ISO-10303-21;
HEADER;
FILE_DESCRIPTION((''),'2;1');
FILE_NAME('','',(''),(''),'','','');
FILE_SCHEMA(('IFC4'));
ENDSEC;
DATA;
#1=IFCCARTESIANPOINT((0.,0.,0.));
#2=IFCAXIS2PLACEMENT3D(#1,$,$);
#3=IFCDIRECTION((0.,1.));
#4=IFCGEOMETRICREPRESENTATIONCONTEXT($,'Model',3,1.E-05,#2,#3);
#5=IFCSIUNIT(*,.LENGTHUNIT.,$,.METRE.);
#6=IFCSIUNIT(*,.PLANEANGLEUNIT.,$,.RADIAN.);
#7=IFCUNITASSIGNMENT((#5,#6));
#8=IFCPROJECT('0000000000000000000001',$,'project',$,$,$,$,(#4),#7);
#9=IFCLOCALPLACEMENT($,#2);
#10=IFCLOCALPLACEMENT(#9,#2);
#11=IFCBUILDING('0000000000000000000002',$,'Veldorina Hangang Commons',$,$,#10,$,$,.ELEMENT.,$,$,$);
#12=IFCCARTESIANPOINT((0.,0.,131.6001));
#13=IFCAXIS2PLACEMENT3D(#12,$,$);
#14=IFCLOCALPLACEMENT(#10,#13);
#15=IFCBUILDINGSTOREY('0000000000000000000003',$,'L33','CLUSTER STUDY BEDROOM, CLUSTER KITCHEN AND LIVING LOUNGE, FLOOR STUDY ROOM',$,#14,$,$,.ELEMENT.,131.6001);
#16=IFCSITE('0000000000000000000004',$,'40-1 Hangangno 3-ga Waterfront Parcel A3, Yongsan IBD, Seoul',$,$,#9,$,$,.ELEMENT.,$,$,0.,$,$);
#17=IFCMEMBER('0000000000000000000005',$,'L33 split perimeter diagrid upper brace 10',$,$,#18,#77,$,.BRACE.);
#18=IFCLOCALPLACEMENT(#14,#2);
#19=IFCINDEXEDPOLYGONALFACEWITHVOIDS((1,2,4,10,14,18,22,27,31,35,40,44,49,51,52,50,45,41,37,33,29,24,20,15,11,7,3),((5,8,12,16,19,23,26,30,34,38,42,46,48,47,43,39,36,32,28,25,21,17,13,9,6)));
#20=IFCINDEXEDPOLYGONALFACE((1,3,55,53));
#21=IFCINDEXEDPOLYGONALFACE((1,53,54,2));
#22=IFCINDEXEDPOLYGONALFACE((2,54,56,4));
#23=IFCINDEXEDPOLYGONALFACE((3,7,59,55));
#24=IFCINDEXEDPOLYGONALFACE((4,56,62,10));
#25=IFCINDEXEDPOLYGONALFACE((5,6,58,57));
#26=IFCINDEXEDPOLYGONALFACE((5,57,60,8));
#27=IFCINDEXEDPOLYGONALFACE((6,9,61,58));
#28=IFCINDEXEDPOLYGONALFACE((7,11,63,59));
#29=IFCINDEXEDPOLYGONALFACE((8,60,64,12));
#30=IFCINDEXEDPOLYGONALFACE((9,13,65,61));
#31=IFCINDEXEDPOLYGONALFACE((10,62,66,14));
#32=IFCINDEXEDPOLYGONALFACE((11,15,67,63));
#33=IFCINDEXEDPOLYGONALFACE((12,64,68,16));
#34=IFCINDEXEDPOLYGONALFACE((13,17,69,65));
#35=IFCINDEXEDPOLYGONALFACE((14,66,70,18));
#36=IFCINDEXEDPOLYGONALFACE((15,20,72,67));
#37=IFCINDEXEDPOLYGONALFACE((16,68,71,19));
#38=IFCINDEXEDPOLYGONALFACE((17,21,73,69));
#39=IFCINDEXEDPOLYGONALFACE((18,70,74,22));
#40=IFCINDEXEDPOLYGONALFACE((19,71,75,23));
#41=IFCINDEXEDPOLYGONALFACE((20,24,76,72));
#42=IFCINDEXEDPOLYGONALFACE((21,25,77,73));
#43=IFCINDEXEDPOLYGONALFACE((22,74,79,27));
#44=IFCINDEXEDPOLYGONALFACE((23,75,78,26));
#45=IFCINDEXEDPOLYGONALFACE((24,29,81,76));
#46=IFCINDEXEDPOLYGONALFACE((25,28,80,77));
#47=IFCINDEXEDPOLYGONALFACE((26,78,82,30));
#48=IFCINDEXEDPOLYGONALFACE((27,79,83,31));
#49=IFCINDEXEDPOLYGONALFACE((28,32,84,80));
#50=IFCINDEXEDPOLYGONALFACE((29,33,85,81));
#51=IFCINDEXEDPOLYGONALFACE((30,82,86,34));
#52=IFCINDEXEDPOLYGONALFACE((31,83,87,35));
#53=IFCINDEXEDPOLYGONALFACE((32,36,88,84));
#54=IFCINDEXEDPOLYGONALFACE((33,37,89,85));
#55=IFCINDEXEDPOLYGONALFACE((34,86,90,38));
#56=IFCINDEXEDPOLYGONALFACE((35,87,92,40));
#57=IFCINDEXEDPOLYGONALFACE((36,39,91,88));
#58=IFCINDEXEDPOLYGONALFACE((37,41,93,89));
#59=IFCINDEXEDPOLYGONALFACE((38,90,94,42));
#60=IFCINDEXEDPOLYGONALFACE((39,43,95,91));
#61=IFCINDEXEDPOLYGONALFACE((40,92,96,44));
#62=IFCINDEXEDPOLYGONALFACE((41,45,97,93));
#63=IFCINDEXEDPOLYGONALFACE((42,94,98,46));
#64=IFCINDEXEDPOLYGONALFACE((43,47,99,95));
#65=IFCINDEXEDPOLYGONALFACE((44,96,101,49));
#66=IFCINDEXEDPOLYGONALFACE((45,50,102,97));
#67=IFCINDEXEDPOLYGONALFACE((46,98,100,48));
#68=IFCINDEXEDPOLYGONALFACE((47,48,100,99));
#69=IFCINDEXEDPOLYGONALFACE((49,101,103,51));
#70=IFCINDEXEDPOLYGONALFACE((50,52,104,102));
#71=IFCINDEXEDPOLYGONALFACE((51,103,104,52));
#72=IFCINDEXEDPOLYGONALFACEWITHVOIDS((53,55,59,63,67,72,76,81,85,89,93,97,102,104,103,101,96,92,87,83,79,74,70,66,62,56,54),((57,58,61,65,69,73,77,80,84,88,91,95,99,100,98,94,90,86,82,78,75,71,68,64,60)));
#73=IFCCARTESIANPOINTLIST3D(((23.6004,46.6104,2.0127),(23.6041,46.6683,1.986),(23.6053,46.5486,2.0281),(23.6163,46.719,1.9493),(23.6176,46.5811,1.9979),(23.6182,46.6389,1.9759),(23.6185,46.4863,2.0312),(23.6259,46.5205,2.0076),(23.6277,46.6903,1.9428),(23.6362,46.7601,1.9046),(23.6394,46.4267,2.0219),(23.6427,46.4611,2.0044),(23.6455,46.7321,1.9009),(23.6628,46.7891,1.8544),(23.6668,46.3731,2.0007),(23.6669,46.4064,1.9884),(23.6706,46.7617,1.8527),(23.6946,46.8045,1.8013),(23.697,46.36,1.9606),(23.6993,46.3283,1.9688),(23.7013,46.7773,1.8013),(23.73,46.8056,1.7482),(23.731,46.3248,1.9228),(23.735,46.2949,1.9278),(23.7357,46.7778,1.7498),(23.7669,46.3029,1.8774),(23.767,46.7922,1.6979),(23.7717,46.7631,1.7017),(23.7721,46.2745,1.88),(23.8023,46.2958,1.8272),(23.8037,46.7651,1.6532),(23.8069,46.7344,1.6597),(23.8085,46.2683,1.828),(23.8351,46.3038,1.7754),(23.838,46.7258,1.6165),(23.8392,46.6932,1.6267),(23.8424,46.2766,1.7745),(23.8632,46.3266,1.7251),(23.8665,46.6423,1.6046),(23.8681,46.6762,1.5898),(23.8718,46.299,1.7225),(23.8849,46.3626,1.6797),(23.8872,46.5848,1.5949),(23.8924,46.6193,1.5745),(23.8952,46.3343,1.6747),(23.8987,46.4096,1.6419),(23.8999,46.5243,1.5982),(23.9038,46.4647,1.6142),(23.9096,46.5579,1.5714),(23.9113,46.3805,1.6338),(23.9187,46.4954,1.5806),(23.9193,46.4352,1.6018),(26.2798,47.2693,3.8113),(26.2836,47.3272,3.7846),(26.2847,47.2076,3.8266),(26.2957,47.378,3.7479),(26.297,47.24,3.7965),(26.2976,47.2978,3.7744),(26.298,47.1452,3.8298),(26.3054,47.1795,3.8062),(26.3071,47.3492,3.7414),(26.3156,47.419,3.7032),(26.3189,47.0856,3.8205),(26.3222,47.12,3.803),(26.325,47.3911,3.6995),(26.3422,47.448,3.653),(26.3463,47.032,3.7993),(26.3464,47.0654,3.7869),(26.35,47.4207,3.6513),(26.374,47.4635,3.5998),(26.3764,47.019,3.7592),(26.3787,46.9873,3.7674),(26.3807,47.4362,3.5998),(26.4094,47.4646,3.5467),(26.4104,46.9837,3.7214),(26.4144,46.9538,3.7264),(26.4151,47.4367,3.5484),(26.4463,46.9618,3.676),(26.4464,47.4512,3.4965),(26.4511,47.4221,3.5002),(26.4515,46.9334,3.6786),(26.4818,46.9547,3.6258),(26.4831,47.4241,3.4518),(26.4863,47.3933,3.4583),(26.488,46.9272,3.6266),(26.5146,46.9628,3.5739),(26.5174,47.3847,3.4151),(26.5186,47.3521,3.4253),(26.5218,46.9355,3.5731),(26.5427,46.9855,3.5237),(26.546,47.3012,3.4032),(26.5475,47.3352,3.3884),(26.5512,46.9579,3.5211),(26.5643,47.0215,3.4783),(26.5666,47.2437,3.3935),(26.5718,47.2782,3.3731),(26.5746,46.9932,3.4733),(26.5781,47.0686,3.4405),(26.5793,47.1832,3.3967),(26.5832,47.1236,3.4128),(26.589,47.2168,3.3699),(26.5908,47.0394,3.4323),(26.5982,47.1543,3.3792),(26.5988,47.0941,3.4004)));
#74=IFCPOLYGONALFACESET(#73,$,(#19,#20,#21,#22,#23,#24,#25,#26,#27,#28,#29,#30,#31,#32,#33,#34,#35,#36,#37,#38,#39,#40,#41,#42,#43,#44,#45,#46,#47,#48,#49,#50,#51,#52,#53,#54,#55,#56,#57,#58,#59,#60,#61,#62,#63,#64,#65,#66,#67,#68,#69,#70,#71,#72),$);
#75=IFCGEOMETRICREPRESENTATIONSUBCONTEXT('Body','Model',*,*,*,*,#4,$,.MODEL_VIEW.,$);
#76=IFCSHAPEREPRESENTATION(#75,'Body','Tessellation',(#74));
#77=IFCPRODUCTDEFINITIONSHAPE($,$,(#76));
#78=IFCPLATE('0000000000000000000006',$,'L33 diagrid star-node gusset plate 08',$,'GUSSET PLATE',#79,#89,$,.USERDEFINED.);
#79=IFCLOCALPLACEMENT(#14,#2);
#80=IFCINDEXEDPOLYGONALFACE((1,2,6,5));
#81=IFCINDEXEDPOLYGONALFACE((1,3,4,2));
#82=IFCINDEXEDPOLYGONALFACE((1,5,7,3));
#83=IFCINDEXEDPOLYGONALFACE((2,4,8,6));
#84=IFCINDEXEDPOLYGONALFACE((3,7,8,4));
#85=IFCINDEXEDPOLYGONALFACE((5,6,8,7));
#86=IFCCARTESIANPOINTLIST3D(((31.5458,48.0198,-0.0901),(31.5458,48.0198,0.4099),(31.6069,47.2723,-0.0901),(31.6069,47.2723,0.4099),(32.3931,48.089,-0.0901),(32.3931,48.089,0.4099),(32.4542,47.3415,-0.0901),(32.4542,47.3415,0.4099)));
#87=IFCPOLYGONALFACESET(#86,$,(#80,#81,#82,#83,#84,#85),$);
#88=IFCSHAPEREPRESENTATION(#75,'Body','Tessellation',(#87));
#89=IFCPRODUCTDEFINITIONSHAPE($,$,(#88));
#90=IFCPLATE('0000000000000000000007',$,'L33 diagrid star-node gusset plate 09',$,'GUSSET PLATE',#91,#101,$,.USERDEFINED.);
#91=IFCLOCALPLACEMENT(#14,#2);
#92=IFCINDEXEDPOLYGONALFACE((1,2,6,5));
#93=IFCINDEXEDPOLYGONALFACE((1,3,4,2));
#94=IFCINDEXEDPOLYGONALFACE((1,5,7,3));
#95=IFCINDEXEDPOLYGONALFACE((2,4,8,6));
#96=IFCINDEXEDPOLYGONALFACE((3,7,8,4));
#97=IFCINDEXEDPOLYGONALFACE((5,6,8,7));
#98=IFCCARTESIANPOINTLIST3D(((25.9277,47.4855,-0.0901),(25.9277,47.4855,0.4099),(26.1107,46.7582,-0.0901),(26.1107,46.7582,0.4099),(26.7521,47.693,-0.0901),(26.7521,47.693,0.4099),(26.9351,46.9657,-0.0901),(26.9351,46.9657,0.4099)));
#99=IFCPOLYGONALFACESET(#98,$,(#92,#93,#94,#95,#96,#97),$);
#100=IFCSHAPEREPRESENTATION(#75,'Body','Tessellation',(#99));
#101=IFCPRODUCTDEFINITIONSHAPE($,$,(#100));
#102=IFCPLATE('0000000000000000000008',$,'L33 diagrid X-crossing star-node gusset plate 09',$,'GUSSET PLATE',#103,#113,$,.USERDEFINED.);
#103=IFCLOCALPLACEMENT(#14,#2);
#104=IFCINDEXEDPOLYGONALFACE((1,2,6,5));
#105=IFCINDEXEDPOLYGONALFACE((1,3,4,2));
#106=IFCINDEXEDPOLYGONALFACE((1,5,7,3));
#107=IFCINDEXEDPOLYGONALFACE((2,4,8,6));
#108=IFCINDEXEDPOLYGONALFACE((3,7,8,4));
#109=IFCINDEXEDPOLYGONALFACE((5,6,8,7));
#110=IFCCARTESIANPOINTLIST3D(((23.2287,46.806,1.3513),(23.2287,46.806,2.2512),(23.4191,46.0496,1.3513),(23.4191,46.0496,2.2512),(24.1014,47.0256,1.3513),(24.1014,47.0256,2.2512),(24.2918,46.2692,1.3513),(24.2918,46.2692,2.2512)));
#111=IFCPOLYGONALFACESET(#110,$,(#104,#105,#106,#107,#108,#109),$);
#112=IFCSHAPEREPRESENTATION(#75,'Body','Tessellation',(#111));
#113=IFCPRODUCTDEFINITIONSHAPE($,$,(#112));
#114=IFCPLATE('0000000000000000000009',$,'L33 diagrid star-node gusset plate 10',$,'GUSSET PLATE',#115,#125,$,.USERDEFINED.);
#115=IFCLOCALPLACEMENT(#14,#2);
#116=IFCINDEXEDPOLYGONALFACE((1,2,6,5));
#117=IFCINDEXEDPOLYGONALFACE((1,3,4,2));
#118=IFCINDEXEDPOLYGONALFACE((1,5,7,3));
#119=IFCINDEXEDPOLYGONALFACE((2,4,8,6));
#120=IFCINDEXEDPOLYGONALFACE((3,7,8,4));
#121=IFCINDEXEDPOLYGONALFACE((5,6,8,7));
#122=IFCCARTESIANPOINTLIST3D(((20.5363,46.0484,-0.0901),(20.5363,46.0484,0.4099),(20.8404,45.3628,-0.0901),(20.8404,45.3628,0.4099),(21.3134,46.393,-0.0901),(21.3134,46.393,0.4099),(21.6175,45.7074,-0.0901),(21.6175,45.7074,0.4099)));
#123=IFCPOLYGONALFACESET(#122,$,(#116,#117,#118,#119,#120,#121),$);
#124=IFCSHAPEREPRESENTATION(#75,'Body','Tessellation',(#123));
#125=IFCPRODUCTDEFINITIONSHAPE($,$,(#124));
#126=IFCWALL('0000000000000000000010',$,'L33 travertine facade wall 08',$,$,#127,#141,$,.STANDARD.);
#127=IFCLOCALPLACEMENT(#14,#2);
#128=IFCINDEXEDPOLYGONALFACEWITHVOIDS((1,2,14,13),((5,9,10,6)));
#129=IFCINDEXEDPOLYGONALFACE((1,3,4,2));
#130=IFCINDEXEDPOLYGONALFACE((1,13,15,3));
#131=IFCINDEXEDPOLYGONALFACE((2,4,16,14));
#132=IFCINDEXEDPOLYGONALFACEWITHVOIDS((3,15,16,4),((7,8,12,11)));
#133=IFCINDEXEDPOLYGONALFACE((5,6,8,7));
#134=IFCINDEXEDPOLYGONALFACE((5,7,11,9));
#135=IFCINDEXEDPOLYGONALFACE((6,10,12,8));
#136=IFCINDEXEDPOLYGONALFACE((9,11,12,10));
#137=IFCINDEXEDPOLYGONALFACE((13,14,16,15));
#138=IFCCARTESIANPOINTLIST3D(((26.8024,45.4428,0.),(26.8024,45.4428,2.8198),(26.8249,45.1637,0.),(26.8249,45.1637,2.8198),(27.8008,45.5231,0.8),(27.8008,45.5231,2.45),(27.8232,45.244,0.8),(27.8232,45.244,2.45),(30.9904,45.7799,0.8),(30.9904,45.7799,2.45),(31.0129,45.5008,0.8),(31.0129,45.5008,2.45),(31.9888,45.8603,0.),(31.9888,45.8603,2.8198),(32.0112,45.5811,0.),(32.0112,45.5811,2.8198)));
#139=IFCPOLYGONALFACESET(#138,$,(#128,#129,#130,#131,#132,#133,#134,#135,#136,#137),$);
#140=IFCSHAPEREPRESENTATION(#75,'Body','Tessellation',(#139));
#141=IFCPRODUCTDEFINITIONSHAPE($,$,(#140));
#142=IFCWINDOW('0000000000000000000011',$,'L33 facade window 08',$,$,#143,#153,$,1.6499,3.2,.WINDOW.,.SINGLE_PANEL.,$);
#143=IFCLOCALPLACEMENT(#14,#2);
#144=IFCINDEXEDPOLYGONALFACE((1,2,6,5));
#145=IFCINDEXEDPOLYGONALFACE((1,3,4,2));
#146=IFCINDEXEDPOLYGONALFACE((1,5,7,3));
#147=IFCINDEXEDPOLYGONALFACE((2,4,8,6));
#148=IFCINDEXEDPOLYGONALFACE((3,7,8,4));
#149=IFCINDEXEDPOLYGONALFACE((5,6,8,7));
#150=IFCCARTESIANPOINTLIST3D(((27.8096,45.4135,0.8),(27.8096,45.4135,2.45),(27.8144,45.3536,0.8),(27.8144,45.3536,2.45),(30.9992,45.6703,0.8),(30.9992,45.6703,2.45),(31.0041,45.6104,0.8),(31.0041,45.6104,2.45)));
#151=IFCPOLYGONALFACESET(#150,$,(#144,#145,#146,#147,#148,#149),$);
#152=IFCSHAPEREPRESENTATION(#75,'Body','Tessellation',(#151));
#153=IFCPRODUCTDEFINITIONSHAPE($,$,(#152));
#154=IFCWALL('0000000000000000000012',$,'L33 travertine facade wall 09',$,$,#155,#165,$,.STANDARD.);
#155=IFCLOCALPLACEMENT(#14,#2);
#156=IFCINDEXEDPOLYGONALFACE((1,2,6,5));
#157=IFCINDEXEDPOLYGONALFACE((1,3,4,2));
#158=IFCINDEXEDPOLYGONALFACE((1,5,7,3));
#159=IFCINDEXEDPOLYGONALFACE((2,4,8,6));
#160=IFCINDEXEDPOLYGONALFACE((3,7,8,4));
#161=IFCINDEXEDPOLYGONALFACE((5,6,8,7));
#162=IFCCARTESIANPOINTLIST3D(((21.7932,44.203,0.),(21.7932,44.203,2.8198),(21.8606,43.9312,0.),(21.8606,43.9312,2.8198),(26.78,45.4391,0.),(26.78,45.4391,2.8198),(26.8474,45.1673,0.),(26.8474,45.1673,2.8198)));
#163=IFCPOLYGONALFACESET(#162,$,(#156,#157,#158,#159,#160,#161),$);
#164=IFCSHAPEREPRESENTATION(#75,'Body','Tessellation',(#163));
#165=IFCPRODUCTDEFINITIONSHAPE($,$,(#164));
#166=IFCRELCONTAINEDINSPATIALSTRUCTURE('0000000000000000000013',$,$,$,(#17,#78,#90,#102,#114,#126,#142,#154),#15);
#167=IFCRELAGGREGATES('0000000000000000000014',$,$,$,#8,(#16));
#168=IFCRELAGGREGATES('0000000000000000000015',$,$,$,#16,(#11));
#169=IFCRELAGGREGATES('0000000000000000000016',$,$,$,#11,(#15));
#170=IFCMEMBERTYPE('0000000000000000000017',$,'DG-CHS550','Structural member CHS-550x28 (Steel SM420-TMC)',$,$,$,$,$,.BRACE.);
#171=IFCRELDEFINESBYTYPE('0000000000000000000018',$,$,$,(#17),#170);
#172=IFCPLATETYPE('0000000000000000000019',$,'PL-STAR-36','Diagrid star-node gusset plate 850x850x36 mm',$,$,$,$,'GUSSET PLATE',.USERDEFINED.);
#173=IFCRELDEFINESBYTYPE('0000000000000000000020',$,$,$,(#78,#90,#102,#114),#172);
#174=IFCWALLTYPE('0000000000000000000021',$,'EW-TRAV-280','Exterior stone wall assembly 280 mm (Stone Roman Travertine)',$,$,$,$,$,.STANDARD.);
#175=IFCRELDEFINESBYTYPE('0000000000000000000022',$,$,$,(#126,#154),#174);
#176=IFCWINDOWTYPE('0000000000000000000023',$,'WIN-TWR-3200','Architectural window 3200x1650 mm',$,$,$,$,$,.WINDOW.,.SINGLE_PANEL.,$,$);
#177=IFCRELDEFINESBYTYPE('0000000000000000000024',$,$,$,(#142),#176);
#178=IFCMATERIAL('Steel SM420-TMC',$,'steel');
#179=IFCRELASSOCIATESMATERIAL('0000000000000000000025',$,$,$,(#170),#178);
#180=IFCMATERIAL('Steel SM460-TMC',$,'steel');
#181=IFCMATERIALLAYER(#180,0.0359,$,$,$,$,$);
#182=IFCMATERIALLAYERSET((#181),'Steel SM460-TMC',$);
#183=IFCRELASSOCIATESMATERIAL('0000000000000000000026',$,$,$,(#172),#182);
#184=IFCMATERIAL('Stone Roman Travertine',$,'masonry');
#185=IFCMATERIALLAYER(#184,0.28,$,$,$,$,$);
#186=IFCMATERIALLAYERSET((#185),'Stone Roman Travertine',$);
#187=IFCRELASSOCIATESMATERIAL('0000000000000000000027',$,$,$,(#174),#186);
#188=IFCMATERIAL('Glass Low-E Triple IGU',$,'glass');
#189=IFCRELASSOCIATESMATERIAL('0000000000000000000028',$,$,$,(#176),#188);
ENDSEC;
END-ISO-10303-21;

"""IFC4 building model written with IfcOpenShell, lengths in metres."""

from ifc_helpers import new_model, si_unit, direction, frame, frame_2d, origin, origin_2d, place, context, subcontext, project, spatial, rectangle, hollow_circle, extrude, material, layer, layer_set, material_profile, profile_set, type_object, element, fill, save


model = new_model("IFC4")

# Units and contexts
model_context = context("Model", 3, precision=1e-05, world=origin(), true_north=direction((0.0, 1.0)))
body_context = subcontext(model_context, "Body", "Model", "MODEL_VIEW")
ifc_project = project(units=[si_unit("LENGTHUNIT", "METRE"), si_unit("PLANEANGLEUNIT", "RADIAN")], contexts=[model_context])

# Site, building, storey
site_placement = place(None, origin())
site = spatial("IfcSite", under=ifc_project, at=site_placement, Name="40-1 Hangangno 3-ga Waterfront Parcel A3, Yongsan IBD, Seoul", CompositionType="ELEMENT", RefElevation=0.0)
building_placement = place(site_placement, origin())
building = spatial("IfcBuilding", under=site, at=building_placement, Name="Veldorina Hangang Commons", CompositionType="ELEMENT")
storey_placement = place(building_placement, frame((0.0, 0.0, 131.6001)))
storey = spatial("IfcBuildingStorey", under=building, at=storey_placement, Name="L33", Description="CLUSTER STUDY BEDROOM, CLUSTER KITCHEN AND LIVING LOUNGE, FLOOR STUDY ROOM", CompositionType="ELEMENT", Elevation=131.6001)

# Shared definitions
ifc_material_1 = material(Name="Steel SM420-TMC", Category="steel")

# Member
ifc_material_profile_1 = material_profile(ifc_material_1, hollow_circle(Radius=0.2749, WallThickness=0.0281, at=origin_2d()), Name="CHS-550x28")
ifc_profile_set_1 = profile_set([ifc_material_profile_1], Name="Steel SM420-TMC")
member_type = type_object("IfcMemberType", Name="DG-CHS550", Description="Structural member CHS-550x28 (Steel SM420-TMC)", PredefinedType="BRACE", material=ifc_profile_set_1)
member_1_placement = place(storey_placement, frame((23.7603, 46.5376, 1.8013), z_axis=(0.813503, 0.200059, 0.546066), x_axis=(-0.238807, 0.971067, 0.0)))
element("IfcMember", 1, at=member_1_placement, inside=storey, type_object=member_type, Name="L33 split perimeter diagrid upper brace 10", PredefinedType="BRACE", context=body_context, shape_type="SweptSolid", body=[
    extrude(hollow_circle(Radius=0.2749, WallThickness=0.0281, at=origin_2d()), origin(), (0.0, 0.0, 1.0), 3.2937),
])

# Plates
ifc_material_2 = material(Name="Steel SM460-TMC", Category="steel")
ifc_layer_1 = layer(ifc_material_2, 0.0359)
ifc_layer_set_1 = layer_set([ifc_layer_1], Name="Steel SM460-TMC")
plate_type = type_object("IfcPlateType", Name="PL-STAR-36", Description="Diagrid star-node gusset plate 850x850x36 mm", ElementType="GUSSET PLATE", PredefinedType="USERDEFINED", material=ifc_layer_set_1)
for number, where, z_axis, x_axis, name in (
    (2, (32.0, 47.6807, -0.0901), (0.0, 0.0, 1.0), (-0.996679, -0.081434, 0.0), "L33 diagrid star-node gusset plate 08"),
    (3, (26.4314, 47.2256, -0.0901), (0.0, 0.0, 1.0), (-0.969761, -0.244055, 0.0), "L33 diagrid star-node gusset plate 09"),
):
    element("IfcPlate", number, at=place(storey_placement, frame(where, z_axis=z_axis, x_axis=x_axis)), inside=storey, type_object=plate_type, Name=name, ObjectType="GUSSET PLATE", PredefinedType="USERDEFINED", context=body_context, shape_type="SweptSolid", body=[
        extrude(rectangle(XDim=0.8501, YDim=0.75, at=origin_2d()), origin(), (0.0, 0.0, 1.0), 0.5),
    ])
plate_1_placement = place(storey_placement, frame((23.7603, 46.5376, 1.3513), z_axis=(0.0, 0.0, 1.0), x_axis=(-0.969761, -0.244055, 0.0)))
element("IfcPlate", 4, at=plate_1_placement, inside=storey, type_object=plate_type, Name="L33 diagrid X-crossing star-node gusset plate 09", ObjectType="GUSSET PLATE", PredefinedType="USERDEFINED", context=body_context, shape_type="SweptSolid", body=[
    extrude(rectangle(XDim=0.8999, YDim=0.78, at=origin_2d()), origin(), (0.0, 0.0, 1.0), 0.8999),
])
plate_2_placement = place(storey_placement, frame((21.0769, 45.8779, -0.0901), z_axis=(0.0, 0.0, 1.0), x_axis=(-0.914148, -0.405381, 0.0)))
element("IfcPlate", 5, at=plate_2_placement, inside=storey, type_object=plate_type, Name="L33 diagrid star-node gusset plate 10", ObjectType="GUSSET PLATE", PredefinedType="USERDEFINED", context=body_context, shape_type="SweptSolid", body=[
    extrude(rectangle(XDim=0.8501, YDim=0.75, at=origin_2d()), origin(), (0.0, 0.0, 1.0), 0.5),
])

# Wall, opening, window
ifc_material_3 = material(Name="Stone Roman Travertine", Category="masonry")
ifc_layer_2 = layer(ifc_material_3, 0.28)
ifc_layer_set_2 = layer_set([ifc_layer_2], Name="Stone Roman Travertine")
wall_type_1 = type_object("IfcWallType", Name="EW-TRAV-280", Description="Exterior stone wall assembly 280 mm (Stone Roman Travertine)", PredefinedType="STANDARD", material=ifc_layer_set_2)
wall_1_placement = place(storey_placement, frame((32.0, 45.7207, 0.0), z_axis=(0.0, 0.0, 1.0), x_axis=(-0.996776, -0.080238, 0.0)))
wall_1 = element("IfcWall", 6, at=wall_1_placement, inside=storey, type_object=wall_type_1, Name="L33 travertine facade wall 08", PredefinedType="STANDARD", context=body_context, shape_type="SweptSolid", body=[
    extrude(rectangle(XDim=5.2031, YDim=0.28, at=frame_2d((2.6016, 0.0))), origin(), (0.0, 0.0, 1.0), 2.8198),
])
opening_1_placement = place(wall_1_placement, frame((1.0015, 0.0, 0.8)))
opening_1 = element("IfcOpeningElement", 7, at=opening_1_placement, cuts=wall_1, PredefinedType="OPENING", context=body_context, shape_type="SweptSolid", body=[
    extrude(rectangle(XDim=3.2, YDim=1.6499, at=frame_2d((1.6001, 0.825))), frame((0.0, 0.1499, 0.0), z_axis=(0.0, -1.0, 0.0), x_axis=(1.0, 0.0, 0.0)), (0.0, 0.0, 1.0), 0.3),
])
ifc_material_4 = material(Name="Glass Low-E Triple IGU", Category="glass")
window_type = type_object("IfcWindowType", Name="WIN-TWR-3200", Description="Architectural window 3200x1650 mm", PartitioningType="SINGLE_PANEL", PredefinedType="WINDOW", material=ifc_material_4)
window_1_placement = place(opening_1_placement, origin())
window_1 = element("IfcWindow", 8, at=window_1_placement, inside=storey, type_object=window_type, Name="L33 facade window 08", OverallHeight=1.6499, OverallWidth=3.2, PartitioningType="SINGLE_PANEL", PredefinedType="WINDOW", context=body_context, shape_type="SweptSolid", body=[
    extrude(rectangle(XDim=3.2, YDim=1.6499, at=frame_2d((1.6001, 0.825))), frame((0.0, 0.03, 0.0), z_axis=(0.0, -1.0, 0.0), x_axis=(1.0, 0.0, 0.0)), (0.0, 0.0, 1.0), 0.0601),
])
fill(opening_1, window_1)

# Wall
wall_2_placement = place(storey_placement, frame((26.8137, 45.3032, 0.0), z_axis=(0.0, 0.0, 1.0), x_axis=(-0.970627, -0.24059, 0.0)))
element("IfcWall", 9, at=wall_2_placement, inside=storey, type_object=wall_type_1, Name="L33 travertine facade wall 09", PredefinedType="STANDARD", context=body_context, shape_type="SweptSolid", body=[
    extrude(rectangle(XDim=5.1377, YDim=0.28, at=frame_2d((2.5688, 0.0))), origin(), (0.0, 0.0, 1.0), 2.8198),
])

save(model, "model.ifc")
